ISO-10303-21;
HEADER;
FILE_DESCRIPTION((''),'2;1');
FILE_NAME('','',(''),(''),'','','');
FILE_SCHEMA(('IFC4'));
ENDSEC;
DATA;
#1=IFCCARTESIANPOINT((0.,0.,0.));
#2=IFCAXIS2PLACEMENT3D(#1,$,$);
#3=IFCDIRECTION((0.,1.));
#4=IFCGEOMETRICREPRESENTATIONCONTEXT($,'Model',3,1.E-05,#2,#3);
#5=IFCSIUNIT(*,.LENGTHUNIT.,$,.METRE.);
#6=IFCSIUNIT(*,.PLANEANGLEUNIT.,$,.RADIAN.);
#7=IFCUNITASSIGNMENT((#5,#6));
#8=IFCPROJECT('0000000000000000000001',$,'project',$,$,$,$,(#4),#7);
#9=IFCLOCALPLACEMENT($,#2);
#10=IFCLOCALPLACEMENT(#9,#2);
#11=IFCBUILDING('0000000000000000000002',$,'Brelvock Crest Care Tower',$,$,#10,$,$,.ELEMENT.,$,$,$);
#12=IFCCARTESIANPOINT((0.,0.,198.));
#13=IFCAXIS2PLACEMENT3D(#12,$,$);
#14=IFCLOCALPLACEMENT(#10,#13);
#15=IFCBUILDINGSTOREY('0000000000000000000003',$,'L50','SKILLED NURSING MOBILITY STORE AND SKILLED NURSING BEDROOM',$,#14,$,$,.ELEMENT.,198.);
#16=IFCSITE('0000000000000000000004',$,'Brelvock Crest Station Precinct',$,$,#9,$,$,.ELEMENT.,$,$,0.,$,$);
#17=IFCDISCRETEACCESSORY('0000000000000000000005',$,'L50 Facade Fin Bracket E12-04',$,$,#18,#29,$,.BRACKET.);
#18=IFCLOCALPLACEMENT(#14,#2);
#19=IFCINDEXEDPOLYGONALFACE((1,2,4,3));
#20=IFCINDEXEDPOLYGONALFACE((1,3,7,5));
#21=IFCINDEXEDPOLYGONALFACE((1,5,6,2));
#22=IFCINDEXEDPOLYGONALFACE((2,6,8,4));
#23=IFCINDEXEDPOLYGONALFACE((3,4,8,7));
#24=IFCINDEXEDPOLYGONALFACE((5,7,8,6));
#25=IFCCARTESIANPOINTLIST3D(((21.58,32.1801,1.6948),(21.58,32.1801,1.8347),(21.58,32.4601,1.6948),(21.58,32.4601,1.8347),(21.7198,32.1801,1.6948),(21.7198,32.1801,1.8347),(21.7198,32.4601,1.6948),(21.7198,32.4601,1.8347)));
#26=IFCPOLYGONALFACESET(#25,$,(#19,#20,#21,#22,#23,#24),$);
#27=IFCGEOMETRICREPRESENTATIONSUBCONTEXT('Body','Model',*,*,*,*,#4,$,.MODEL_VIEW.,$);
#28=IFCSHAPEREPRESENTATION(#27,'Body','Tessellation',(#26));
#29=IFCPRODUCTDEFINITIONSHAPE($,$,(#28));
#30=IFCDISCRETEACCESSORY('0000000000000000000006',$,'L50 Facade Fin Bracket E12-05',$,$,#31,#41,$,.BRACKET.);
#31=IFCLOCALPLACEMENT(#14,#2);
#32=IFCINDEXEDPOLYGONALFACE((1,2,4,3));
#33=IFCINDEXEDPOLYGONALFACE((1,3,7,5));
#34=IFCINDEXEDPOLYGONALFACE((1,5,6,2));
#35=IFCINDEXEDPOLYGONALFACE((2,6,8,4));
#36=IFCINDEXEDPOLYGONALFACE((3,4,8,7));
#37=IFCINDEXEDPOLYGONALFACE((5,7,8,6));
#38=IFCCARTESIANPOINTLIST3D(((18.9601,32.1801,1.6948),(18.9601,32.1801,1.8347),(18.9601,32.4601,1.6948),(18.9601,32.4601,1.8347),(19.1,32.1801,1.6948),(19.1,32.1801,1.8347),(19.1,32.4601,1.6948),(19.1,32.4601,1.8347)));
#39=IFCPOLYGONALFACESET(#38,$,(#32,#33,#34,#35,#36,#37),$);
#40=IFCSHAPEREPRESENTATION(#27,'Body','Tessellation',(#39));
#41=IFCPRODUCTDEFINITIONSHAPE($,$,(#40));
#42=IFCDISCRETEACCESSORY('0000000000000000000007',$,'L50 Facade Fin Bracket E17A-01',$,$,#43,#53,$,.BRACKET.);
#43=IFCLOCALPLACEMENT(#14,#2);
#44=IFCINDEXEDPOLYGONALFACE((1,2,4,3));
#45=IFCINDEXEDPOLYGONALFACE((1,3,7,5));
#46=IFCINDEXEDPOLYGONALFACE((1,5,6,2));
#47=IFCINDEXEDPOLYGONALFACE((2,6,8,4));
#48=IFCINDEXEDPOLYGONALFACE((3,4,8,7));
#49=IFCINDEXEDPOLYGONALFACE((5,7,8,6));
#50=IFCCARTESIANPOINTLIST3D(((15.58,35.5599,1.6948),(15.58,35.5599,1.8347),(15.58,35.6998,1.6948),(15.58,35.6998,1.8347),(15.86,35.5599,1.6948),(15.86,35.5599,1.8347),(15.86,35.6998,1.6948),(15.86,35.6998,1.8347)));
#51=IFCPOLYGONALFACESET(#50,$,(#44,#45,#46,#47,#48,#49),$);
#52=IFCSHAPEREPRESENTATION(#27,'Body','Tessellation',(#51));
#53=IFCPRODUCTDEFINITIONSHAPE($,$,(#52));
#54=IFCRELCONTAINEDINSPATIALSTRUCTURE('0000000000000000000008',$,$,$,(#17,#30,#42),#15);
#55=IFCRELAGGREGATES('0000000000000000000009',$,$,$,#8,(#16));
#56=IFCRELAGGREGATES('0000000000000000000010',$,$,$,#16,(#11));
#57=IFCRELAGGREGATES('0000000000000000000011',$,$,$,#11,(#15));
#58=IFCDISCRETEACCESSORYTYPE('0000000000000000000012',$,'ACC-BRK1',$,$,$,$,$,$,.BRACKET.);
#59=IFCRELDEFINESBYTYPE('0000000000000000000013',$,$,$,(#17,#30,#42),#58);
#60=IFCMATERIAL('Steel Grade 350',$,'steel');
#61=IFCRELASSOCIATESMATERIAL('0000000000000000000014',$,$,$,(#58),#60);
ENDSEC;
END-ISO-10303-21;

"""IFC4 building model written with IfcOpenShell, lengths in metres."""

from ifc_helpers import new_model, si_unit, direction, frame, origin, origin_2d, place, context, subcontext, project, spatial, rectangle, extrude, source, transform, mapped, material, type_object, element, save


model = new_model("IFC4")

# Units and contexts
model_context = context("Model", 3, precision=1e-05, world=origin(), true_north=direction((0.0, 1.0)))
body_context = subcontext(model_context, "Body", "Model", "MODEL_VIEW")
ifc_project = project(units=[si_unit("LENGTHUNIT", "METRE"), si_unit("PLANEANGLEUNIT", "RADIAN")], contexts=[model_context])

# Site, building, storey
site_placement = place(None, origin())
site = spatial("IfcSite", under=ifc_project, at=site_placement, Name="Brelvock Crest Station Precinct", CompositionType="ELEMENT", RefElevation=0.0)
building_placement = place(site_placement, origin())
building = spatial("IfcBuilding", under=site, at=building_placement, Name="Brelvock Crest Care Tower", CompositionType="ELEMENT")
storey_placement = place(building_placement, frame((0.0, 0.0, 198.0)))
storey = spatial("IfcBuildingStorey", under=building, at=storey_placement, Name="L50", Description="SKILLED NURSING MOBILITY STORE AND SKILLED NURSING BEDROOM", CompositionType="ELEMENT", Elevation=198.0)

# Shared definitions
ifc_material_1 = material(Name="Steel Grade 350", Category="steel")

# Discrete accessories
discrete_accessory_type = type_object("IfcDiscreteAccessoryType", Name="ACC-BRK1", PredefinedType="BRACKET", material=ifc_material_1)
shared_shape_1 = source(origin(), body_context, "Body", "SweptSolid", [
    extrude(rectangle(XDim=0.28, YDim=0.1399, at=origin_2d()), origin(), (0.0, 0.0, 1.0), 0.1399),
])
for number, where, z_axis, x_axis, name in (
    (1, (21.6499, 32.3201, 1.6948), (0.0, 0.0, 1.0), (0.0, -1.0, 0.0), "L50 Facade Fin Bracket E12-04"),
    (2, (19.03, 32.3201, 1.6948), (0.0, 0.0, 1.0), (0.0, -1.0, 0.0), "L50 Facade Fin Bracket E12-05"),
    (3, (15.72, 35.6299, 1.6948), (0.0, 0.0, 1.0), (-1.0, 0.0, 0.0), "L50 Facade Fin Bracket E17A-01"),
):
    element("IfcDiscreteAccessory", number, at=place(storey_placement, frame(where, z_axis=z_axis, x_axis=x_axis)), inside=storey, type_object=discrete_accessory_type, Name=name, PredefinedType="BRACKET", context=body_context, shape_type="MappedRepresentation", body=[
        mapped(shared_shape_1, transform((0.0, 0.0, 0.0), x_axis=(1.0, 0.0, 0.0), y_axis=(0.0, 1.0, 0.0), z_axis=(0.0, 0.0, 1.0), scale=1.0)),
    ])

save(model, "model.ifc")
